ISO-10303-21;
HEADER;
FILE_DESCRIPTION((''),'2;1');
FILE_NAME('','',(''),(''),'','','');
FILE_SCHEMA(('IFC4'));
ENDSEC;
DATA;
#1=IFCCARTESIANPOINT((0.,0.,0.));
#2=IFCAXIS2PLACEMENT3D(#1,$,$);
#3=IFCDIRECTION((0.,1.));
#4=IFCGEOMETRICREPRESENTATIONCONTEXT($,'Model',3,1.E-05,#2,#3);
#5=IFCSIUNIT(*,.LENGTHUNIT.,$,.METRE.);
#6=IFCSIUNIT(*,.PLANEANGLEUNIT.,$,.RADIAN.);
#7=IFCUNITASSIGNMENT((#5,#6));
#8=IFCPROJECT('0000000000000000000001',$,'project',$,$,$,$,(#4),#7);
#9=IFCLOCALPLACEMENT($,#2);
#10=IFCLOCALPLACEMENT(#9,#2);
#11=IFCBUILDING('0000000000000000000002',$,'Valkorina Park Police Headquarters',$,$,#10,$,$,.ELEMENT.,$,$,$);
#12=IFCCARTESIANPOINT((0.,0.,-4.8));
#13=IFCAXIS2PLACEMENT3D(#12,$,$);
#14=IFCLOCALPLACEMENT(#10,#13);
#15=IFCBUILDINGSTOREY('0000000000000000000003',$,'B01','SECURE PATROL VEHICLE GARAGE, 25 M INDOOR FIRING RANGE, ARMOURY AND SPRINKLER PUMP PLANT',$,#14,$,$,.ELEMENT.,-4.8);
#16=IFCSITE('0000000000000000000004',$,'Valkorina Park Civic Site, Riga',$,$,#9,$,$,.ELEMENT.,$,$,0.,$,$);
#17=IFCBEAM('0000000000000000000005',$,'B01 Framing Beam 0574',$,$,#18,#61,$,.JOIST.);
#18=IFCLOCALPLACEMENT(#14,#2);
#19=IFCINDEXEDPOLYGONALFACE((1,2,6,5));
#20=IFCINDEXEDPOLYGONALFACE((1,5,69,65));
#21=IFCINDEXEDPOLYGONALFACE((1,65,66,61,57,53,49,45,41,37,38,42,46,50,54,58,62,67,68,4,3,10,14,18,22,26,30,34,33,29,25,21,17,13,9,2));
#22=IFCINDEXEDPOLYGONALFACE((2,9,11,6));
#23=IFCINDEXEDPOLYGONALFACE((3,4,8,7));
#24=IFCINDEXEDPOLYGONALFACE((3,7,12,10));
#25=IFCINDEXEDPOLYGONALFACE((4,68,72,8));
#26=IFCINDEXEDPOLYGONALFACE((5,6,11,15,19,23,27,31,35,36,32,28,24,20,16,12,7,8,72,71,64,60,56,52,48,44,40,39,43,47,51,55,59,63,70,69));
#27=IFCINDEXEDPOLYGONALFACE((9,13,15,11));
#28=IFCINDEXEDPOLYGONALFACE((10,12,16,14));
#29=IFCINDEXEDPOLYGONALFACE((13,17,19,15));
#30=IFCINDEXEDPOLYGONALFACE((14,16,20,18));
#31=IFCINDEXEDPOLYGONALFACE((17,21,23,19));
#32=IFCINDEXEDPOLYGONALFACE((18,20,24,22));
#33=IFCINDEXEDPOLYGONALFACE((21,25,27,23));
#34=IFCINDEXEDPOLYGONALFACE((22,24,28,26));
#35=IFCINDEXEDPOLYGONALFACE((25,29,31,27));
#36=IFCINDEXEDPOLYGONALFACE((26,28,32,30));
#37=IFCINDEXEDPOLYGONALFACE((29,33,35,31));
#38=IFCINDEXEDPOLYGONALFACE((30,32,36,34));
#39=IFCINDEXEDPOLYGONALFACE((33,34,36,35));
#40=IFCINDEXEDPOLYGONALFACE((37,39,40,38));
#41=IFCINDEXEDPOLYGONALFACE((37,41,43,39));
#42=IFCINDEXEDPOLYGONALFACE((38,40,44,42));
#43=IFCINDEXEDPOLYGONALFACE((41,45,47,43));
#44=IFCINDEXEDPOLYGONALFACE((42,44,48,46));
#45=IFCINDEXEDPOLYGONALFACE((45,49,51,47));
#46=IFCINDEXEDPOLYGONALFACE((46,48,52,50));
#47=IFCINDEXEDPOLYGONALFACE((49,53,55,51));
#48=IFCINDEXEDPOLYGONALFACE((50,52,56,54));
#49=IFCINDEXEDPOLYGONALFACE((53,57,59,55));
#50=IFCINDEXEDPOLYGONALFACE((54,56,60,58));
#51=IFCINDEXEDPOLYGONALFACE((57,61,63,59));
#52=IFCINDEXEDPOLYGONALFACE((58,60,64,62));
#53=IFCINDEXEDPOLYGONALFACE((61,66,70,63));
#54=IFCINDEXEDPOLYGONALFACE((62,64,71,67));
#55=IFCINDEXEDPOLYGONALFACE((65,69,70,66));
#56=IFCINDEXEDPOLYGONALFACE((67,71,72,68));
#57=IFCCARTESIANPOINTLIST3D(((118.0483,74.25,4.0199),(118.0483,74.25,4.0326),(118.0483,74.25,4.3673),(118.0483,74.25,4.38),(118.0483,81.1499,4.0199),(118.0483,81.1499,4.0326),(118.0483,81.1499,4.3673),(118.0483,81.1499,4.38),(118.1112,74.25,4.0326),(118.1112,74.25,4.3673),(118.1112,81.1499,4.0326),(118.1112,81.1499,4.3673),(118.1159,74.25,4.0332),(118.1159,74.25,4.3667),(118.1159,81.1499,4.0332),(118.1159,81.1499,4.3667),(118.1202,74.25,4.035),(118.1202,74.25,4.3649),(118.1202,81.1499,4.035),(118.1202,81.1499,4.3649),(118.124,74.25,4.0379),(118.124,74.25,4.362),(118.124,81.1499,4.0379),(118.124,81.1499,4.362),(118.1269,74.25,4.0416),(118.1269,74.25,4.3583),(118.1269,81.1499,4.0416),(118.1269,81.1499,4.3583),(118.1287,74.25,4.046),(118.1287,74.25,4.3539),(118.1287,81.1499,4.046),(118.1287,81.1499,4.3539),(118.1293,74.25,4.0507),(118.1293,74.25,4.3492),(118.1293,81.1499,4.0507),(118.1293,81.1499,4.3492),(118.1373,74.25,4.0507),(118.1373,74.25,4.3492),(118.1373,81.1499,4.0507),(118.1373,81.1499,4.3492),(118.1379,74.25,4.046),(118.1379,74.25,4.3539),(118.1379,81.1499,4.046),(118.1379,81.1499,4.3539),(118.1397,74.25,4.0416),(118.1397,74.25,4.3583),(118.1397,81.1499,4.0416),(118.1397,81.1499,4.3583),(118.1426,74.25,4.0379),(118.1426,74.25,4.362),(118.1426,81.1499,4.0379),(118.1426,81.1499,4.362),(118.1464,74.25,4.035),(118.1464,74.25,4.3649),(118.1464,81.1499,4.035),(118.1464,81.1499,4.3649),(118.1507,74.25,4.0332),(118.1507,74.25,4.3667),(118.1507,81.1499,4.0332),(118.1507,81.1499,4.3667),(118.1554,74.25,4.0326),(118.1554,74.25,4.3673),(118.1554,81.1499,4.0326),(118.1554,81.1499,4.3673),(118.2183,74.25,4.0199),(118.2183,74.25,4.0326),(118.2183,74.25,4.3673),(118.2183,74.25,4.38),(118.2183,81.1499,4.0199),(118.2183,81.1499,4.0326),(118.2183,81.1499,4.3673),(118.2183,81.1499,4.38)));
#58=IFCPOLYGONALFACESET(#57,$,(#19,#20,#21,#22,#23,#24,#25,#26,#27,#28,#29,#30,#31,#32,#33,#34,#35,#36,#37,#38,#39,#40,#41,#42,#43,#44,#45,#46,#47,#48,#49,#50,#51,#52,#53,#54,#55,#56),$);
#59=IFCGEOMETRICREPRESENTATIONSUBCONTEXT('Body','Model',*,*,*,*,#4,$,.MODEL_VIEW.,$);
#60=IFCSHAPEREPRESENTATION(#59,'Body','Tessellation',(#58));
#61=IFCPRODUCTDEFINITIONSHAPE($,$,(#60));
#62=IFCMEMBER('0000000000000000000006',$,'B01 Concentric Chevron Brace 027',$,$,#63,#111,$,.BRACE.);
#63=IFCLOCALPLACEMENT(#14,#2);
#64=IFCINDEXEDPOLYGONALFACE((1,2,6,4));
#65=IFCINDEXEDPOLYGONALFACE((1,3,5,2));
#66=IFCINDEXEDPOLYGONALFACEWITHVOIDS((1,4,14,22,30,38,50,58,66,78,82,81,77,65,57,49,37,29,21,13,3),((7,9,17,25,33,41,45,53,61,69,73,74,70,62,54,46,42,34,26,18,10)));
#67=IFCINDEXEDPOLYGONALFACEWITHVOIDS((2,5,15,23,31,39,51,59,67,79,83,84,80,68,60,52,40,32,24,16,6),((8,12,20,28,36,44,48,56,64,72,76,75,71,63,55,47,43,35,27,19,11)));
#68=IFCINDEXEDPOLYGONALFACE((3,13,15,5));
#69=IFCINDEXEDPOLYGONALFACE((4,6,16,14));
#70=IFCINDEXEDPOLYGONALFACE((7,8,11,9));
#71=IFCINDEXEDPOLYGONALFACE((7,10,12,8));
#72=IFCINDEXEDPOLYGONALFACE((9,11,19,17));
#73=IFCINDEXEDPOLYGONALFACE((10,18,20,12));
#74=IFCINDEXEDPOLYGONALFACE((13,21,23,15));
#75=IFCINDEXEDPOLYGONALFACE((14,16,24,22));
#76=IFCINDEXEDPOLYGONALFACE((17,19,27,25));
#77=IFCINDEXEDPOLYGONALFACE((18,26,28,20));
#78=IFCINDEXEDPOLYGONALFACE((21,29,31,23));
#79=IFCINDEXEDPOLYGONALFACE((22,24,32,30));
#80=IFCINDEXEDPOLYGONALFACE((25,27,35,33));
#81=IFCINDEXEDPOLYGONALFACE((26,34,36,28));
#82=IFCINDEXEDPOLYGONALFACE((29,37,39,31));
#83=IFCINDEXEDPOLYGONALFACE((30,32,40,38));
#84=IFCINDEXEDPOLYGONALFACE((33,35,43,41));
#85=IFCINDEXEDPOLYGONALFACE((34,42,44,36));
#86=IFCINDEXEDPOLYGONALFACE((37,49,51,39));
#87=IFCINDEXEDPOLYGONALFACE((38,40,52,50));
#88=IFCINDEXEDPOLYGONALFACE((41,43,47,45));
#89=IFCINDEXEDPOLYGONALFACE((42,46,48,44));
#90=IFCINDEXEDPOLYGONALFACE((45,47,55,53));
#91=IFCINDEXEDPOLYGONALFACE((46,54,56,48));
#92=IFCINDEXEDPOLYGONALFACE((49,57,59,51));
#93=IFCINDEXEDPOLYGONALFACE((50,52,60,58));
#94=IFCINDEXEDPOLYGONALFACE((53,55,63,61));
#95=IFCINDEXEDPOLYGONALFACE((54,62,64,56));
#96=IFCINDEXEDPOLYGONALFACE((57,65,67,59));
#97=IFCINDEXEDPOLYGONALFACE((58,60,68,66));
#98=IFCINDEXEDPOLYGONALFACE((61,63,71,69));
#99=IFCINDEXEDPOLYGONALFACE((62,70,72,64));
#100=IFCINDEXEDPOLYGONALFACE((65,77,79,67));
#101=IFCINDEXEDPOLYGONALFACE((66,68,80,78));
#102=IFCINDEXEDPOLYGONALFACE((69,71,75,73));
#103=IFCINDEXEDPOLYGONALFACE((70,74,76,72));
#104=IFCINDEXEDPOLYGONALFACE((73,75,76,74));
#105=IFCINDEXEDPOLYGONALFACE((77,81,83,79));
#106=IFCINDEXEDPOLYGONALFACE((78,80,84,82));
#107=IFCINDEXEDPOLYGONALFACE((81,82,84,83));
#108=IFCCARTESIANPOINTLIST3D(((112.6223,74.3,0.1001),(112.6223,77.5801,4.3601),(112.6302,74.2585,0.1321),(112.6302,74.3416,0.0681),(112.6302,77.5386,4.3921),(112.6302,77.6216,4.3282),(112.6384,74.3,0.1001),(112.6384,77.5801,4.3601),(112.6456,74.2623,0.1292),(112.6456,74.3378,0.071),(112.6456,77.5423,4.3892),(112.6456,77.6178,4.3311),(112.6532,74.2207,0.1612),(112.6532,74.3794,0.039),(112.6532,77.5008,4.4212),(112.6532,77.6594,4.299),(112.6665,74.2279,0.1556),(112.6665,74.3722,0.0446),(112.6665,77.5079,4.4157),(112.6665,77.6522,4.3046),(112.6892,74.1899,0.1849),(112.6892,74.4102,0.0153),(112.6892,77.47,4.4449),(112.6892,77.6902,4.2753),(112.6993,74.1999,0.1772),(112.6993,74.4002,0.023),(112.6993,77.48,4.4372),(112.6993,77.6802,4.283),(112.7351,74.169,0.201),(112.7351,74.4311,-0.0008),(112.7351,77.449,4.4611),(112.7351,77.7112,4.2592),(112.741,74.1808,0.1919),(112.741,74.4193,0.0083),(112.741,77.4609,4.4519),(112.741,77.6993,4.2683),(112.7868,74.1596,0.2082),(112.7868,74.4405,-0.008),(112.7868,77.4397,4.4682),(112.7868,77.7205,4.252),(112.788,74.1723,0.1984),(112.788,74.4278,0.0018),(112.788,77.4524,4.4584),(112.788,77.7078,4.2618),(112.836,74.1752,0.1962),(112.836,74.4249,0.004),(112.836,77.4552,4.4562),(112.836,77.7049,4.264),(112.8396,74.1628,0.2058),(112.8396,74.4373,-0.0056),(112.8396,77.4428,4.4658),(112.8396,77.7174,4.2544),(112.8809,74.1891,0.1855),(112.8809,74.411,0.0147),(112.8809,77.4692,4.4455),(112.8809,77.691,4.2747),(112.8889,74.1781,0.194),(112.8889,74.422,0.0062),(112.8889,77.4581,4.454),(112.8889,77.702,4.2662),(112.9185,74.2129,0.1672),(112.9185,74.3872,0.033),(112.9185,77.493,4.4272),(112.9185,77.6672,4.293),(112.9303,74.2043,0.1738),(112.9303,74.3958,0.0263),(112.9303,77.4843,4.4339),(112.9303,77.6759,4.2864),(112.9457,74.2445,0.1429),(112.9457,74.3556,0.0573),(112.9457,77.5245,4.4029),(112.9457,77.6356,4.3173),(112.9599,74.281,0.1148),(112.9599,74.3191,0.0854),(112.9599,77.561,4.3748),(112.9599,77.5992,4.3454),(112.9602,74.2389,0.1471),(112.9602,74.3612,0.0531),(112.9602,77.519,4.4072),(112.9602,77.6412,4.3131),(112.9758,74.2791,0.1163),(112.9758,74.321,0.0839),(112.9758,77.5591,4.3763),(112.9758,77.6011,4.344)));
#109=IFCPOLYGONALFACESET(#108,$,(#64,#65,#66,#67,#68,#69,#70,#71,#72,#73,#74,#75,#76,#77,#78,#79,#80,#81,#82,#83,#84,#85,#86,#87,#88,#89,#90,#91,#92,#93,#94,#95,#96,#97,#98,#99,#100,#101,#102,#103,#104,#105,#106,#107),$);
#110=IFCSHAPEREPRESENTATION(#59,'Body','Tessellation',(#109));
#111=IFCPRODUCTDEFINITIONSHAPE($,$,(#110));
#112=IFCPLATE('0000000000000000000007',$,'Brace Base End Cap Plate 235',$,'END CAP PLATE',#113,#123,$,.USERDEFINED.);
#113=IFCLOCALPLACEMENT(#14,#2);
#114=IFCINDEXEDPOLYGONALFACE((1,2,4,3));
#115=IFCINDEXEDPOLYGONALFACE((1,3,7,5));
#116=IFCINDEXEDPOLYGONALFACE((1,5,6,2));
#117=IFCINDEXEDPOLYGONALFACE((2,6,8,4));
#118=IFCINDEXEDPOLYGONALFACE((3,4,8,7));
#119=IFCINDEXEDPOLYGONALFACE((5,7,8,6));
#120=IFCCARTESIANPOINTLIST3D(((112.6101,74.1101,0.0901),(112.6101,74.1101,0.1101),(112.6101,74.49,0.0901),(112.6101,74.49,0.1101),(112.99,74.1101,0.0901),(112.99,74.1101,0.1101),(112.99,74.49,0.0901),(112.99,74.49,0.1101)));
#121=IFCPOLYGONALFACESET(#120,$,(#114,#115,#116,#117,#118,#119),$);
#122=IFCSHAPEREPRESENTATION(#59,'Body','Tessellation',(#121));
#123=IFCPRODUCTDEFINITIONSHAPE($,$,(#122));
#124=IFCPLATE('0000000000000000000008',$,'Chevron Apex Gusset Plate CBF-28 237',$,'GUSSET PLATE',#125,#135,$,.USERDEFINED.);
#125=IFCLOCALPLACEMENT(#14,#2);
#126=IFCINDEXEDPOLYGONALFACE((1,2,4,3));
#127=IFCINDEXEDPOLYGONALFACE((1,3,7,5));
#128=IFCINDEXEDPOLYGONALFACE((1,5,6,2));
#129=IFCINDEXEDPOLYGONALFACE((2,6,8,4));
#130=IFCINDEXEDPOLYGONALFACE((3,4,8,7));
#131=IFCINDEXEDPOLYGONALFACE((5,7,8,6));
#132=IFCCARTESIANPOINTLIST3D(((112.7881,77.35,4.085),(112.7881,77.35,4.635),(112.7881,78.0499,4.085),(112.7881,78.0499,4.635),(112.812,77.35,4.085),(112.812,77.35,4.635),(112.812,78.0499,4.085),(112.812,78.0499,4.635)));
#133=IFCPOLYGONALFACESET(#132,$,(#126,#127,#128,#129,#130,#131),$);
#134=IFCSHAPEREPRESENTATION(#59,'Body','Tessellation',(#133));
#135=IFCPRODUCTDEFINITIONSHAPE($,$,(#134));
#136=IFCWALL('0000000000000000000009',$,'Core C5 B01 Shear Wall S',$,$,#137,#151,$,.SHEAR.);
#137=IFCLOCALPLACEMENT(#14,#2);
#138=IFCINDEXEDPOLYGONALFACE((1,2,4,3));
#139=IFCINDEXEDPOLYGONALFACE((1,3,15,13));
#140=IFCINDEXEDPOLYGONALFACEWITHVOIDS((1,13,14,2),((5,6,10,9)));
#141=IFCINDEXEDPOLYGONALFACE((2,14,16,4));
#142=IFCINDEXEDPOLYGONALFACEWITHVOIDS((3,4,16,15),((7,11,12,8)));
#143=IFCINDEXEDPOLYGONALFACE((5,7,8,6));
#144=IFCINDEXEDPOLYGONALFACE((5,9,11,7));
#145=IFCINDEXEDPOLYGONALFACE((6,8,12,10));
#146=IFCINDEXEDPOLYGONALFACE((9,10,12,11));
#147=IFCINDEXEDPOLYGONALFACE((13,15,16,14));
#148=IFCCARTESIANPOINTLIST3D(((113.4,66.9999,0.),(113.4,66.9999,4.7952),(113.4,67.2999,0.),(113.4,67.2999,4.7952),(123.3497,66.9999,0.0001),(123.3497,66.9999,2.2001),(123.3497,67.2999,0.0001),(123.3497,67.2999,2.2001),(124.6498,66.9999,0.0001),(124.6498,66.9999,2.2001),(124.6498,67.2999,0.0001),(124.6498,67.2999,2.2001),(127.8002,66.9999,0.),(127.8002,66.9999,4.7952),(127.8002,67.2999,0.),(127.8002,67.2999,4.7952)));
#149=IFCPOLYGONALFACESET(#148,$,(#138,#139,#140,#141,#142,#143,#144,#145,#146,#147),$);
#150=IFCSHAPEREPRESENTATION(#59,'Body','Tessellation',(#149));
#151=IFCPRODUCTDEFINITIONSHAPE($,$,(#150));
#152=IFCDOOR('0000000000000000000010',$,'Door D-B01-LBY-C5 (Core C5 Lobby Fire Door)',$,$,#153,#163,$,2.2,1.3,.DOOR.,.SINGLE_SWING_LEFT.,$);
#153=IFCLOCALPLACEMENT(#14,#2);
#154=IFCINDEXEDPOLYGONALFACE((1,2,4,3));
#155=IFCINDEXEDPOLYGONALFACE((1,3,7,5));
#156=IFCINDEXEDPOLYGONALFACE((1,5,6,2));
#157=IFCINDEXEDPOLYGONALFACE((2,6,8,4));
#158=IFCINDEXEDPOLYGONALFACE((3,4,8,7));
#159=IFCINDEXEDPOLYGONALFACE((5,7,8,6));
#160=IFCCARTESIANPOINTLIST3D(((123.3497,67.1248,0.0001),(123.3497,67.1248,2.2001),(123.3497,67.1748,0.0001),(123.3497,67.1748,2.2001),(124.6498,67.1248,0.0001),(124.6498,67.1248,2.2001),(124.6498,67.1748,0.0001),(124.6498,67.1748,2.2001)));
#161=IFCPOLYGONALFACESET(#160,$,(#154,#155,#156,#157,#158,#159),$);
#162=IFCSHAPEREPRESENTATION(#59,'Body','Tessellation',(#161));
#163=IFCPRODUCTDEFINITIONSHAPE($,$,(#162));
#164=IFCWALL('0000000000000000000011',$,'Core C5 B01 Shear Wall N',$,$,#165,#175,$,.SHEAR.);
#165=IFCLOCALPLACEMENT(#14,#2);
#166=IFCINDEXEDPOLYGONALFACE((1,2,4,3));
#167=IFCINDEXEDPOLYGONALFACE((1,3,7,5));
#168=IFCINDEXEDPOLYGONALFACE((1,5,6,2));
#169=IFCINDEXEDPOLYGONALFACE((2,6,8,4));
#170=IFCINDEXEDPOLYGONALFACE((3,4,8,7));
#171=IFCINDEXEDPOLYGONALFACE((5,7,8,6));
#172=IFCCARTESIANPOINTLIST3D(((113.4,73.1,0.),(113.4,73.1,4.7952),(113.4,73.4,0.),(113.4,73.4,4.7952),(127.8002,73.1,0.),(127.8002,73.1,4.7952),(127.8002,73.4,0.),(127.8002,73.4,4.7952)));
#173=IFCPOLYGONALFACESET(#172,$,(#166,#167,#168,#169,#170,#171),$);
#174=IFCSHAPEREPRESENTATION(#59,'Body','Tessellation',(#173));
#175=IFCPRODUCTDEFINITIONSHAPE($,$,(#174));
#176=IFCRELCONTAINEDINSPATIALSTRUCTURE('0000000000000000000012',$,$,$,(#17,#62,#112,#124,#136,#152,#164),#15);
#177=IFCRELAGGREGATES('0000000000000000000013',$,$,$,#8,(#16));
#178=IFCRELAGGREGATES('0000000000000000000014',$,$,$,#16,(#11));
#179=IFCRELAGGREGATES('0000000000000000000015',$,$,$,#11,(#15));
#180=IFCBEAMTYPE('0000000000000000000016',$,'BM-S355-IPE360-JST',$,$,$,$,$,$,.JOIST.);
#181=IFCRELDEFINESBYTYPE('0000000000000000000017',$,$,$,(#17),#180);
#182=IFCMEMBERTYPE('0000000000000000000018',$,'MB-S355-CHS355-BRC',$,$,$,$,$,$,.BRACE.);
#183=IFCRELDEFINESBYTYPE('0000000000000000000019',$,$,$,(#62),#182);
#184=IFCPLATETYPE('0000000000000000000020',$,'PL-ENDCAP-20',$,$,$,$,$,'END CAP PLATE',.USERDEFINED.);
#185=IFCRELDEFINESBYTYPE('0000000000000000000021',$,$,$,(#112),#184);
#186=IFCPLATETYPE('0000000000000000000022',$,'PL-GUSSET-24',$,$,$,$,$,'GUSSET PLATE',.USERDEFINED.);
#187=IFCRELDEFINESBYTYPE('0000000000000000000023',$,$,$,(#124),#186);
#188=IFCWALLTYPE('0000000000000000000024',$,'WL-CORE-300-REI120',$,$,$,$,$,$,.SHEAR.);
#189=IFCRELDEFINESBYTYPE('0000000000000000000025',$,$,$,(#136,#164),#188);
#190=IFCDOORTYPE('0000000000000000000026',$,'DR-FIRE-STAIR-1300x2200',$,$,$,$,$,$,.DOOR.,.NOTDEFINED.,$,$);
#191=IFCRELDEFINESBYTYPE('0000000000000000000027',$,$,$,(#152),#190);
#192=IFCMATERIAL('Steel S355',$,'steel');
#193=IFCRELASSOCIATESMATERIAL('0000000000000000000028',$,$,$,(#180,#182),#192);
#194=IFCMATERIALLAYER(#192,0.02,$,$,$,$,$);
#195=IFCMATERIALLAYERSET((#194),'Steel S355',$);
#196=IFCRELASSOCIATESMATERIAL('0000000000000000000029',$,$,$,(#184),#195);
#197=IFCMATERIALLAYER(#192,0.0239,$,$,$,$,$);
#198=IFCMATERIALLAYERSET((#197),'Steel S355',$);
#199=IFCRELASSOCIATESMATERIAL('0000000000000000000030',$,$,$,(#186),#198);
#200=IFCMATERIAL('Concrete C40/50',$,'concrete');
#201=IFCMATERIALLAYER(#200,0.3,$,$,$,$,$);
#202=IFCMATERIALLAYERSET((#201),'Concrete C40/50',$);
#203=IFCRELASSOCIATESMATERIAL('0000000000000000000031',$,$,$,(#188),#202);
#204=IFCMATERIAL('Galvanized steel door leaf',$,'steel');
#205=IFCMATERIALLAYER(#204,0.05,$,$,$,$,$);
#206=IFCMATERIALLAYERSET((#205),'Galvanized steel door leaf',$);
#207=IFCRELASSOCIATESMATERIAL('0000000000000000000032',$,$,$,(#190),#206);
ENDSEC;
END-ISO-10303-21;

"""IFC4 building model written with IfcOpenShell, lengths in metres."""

from ifc_helpers import new_model, si_unit, direction, frame, frame_2d, origin, origin_2d, place, context, subcontext, project, spatial, rectangle, hollow_circle, i_section, extrude, material, layer, layer_set, material_profile, profile_set, type_object, element, fill, save


model = new_model("IFC4")

# Units and contexts
model_context = context("Model", 3, precision=1e-05, world=origin(), true_north=direction((0.0, 1.0)))
body_context = subcontext(model_context, "Body", "Model", "MODEL_VIEW")
ifc_project = project(units=[si_unit("LENGTHUNIT", "METRE"), si_unit("PLANEANGLEUNIT", "RADIAN")], contexts=[model_context])

# Site, building, storey
site_placement = place(None, origin())
site = spatial("IfcSite", under=ifc_project, at=site_placement, Name="Valkorina Park Civic Site, Riga", CompositionType="ELEMENT", RefElevation=0.0)
building_placement = place(site_placement, origin())
building = spatial("IfcBuilding", under=site, at=building_placement, Name="Valkorina Park Police Headquarters", CompositionType="ELEMENT")
storey_placement = place(building_placement, frame((0.0, 0.0, -4.8)))
storey = spatial("IfcBuildingStorey", under=building, at=storey_placement, Name="B01", Description="SECURE PATROL VEHICLE GARAGE, 25 M INDOOR FIRING RANGE, ARMOURY AND SPRINKLER PUMP PLANT", CompositionType="ELEMENT", Elevation=-4.8)

# Shared definitions
ifc_material_1 = material(Name="Concrete C40/50", Category="concrete")

# Beam
ifc_material_2 = material(Name="Steel S355", Category="steel")
ifc_material_profile_1 = material_profile(ifc_material_2, i_section(OverallWidth=0.1699, OverallDepth=0.3601, WebThickness=0.0081, FlangeThickness=0.0127, FilletRadius=0.0181, at=origin_2d()), Name="IPE 360")
ifc_profile_set_1 = profile_set([ifc_material_profile_1], Name="Steel S355")
beam_type_1 = type_object("IfcBeamType", Name="BM-S355-IPE360-JST", PredefinedType="JOIST", material=ifc_profile_set_1)
for number, where, z_axis, x_axis, name in (
    (1, (118.1333, 74.25, 4.2), (0.0, 1.0, 0.0), (-1.0, 0.0, 0.0), "B01 Framing Beam 0574"),
):
    element("IfcBeam", number, at=place(storey_placement, frame(where, z_axis=z_axis, x_axis=x_axis)), inside=storey, type_object=beam_type_1, Name=name, PredefinedType="JOIST", context=body_context, shape_type="SweptSolid", body=[
        extrude(i_section(OverallWidth=0.1699, OverallDepth=0.3601, WebThickness=0.0081, FlangeThickness=0.0127, FilletRadius=0.0181, at=origin_2d()), origin(), (0.0, 0.0, 1.0), 6.8999),
    ])

# Member
ifc_material_profile_2 = material_profile(ifc_material_2, hollow_circle(Radius=0.1777, WallThickness=0.0161, at=origin_2d()), Name="CHS 355.6x16")
ifc_profile_set_2 = profile_set([ifc_material_profile_2], Name="Steel S355")
member_type = type_object("IfcMemberType", Name="MB-S355-CHS355-BRC", PredefinedType="BRACE", material=ifc_profile_set_2)
member_placement = place(storey_placement, frame((112.8, 74.3, 0.1001), z_axis=(0.0, 0.610073, 0.792345), x_axis=(-1.0, 0.0, 0.0)))
element("IfcMember", 2, at=member_placement, inside=storey, type_object=member_type, Name="B01 Concentric Chevron Brace 027", PredefinedType="BRACE", context=body_context, shape_type="SweptSolid", body=[
    extrude(hollow_circle(Radius=0.1777, WallThickness=0.0161, at=origin_2d()), origin(), (0.0, 0.0, 1.0), 5.3765),
])

# Plates
ifc_layer_1 = layer(ifc_material_2, 0.02)
ifc_layer_set_1 = layer_set([ifc_layer_1], Name="Steel S355")
plate_type_1 = type_object("IfcPlateType", Name="PL-ENDCAP-20", ElementType="END CAP PLATE", PredefinedType="USERDEFINED", material=ifc_layer_set_1)
plate_1_placement = place(storey_placement, frame((112.8, 74.3, 0.0901), z_axis=(0.0, 0.0, 1.0), x_axis=(1.0, 0.0, 0.0)))
element("IfcPlate", 3, at=plate_1_placement, inside=storey, type_object=plate_type_1, Name="Brace Base End Cap Plate 235", ObjectType="END CAP PLATE", PredefinedType="USERDEFINED", context=body_context, shape_type="SweptSolid", body=[
    extrude(rectangle(XDim=0.3799, YDim=0.3799, at=origin_2d()), origin(), (0.0, 0.0, 1.0), 0.02),
])
ifc_layer_2 = layer(ifc_material_2, 0.0239)
ifc_layer_set_2 = layer_set([ifc_layer_2], Name="Steel S355")
plate_type_2 = type_object("IfcPlateType", Name="PL-GUSSET-24", ElementType="GUSSET PLATE", PredefinedType="USERDEFINED", material=ifc_layer_set_2)
plate_2_placement = place(storey_placement, frame((112.8, 77.7, 4.085), z_axis=(0.0, 0.0, 1.0), x_axis=(1.0, 0.0, 0.0)))
element("IfcPlate", 4, at=plate_2_placement, inside=storey, type_object=plate_type_2, Name="Chevron Apex Gusset Plate CBF-28 237", ObjectType="GUSSET PLATE", PredefinedType="USERDEFINED", context=body_context, shape_type="SweptSolid", body=[
    extrude(rectangle(XDim=0.0239, YDim=0.7, at=origin_2d()), origin(), (0.0, 0.0, 1.0), 0.55),
])

# Wall, opening, door
ifc_layer_3 = layer(ifc_material_1, 0.3)
ifc_layer_set_3 = layer_set([ifc_layer_3], Name="Concrete C40/50")
wall_type_1 = type_object("IfcWallType", Name="WL-CORE-300-REI120", PredefinedType="SHEAR", material=ifc_layer_set_3)
wall_1_placement = place(storey_placement, frame((113.3999, 67.1499, 0.0), z_axis=(0.0, 0.0, 1.0), x_axis=(1.0, 0.0, 0.0)))
wall_1 = element("IfcWall", 5, at=wall_1_placement, inside=storey, type_object=wall_type_1, Name="Core C5 B01 Shear Wall S", PredefinedType="SHEAR", context=body_context, shape_type="SweptSolid", body=[
    extrude(rectangle(XDim=14.4001, YDim=0.3, at=frame_2d((7.2002, 0.0))), origin(), (0.0, 0.0, 1.0), 4.7952),
])
opening_1_placement = place(wall_1_placement, frame((9.95, 0.0, 0.0)))
opening_1 = element("IfcOpeningElement", 6, at=opening_1_placement, cuts=wall_1, PredefinedType="OPENING", context=body_context, shape_type="SweptSolid", body=[
    extrude(rectangle(XDim=1.3, YDim=2.2, at=frame_2d((0.6499, 1.1001))), frame((0.0, 0.1602, 0.0), z_axis=(0.0, -1.0, 0.0), x_axis=(1.0, 0.0, 0.0)), (0.0, 0.0, 1.0), 0.3201),
])
ifc_material_3 = material(Name="Galvanized steel door leaf", Category="steel")
ifc_layer_4 = layer(ifc_material_3, 0.05)
ifc_layer_set_4 = layer_set([ifc_layer_4], Name="Galvanized steel door leaf")
door_type = type_object("IfcDoorType", Name="DR-FIRE-STAIR-1300x2200", OperationType="NOTDEFINED", PredefinedType="DOOR", material=ifc_layer_set_4)
door_1_placement = place(opening_1_placement, origin())
door_1 = element("IfcDoor", 7, at=door_1_placement, inside=storey, type_object=door_type, Name="Door D-B01-LBY-C5 (Core C5 Lobby Fire Door)", OperationType="SINGLE_SWING_LEFT", OverallHeight=2.2, OverallWidth=1.3, PredefinedType="DOOR", context=body_context, shape_type="SweptSolid", body=[
    extrude(rectangle(XDim=1.3, YDim=2.2, at=frame_2d((0.6499, 1.1001))), frame((0.0, 0.0249, 0.0), z_axis=(0.0, -1.0, 0.0), x_axis=(1.0, 0.0, 0.0)), (0.0, 0.0, 1.0), 0.05),
])
fill(opening_1, door_1)

# Wall
wall_2_placement = place(storey_placement, frame((113.3999, 73.25, 0.0), z_axis=(0.0, 0.0, 1.0), x_axis=(1.0, 0.0, 0.0)))
element("IfcWall", 8, at=wall_2_placement, inside=storey, type_object=wall_type_1, Name="Core C5 B01 Shear Wall N", PredefinedType="SHEAR", context=body_context, shape_type="SweptSolid", body=[
    extrude(rectangle(XDim=14.4001, YDim=0.3, at=frame_2d((7.2002, 0.0))), origin(), (0.0, 0.0, 1.0), 4.7952),
])

save(model, "model.ifc")
